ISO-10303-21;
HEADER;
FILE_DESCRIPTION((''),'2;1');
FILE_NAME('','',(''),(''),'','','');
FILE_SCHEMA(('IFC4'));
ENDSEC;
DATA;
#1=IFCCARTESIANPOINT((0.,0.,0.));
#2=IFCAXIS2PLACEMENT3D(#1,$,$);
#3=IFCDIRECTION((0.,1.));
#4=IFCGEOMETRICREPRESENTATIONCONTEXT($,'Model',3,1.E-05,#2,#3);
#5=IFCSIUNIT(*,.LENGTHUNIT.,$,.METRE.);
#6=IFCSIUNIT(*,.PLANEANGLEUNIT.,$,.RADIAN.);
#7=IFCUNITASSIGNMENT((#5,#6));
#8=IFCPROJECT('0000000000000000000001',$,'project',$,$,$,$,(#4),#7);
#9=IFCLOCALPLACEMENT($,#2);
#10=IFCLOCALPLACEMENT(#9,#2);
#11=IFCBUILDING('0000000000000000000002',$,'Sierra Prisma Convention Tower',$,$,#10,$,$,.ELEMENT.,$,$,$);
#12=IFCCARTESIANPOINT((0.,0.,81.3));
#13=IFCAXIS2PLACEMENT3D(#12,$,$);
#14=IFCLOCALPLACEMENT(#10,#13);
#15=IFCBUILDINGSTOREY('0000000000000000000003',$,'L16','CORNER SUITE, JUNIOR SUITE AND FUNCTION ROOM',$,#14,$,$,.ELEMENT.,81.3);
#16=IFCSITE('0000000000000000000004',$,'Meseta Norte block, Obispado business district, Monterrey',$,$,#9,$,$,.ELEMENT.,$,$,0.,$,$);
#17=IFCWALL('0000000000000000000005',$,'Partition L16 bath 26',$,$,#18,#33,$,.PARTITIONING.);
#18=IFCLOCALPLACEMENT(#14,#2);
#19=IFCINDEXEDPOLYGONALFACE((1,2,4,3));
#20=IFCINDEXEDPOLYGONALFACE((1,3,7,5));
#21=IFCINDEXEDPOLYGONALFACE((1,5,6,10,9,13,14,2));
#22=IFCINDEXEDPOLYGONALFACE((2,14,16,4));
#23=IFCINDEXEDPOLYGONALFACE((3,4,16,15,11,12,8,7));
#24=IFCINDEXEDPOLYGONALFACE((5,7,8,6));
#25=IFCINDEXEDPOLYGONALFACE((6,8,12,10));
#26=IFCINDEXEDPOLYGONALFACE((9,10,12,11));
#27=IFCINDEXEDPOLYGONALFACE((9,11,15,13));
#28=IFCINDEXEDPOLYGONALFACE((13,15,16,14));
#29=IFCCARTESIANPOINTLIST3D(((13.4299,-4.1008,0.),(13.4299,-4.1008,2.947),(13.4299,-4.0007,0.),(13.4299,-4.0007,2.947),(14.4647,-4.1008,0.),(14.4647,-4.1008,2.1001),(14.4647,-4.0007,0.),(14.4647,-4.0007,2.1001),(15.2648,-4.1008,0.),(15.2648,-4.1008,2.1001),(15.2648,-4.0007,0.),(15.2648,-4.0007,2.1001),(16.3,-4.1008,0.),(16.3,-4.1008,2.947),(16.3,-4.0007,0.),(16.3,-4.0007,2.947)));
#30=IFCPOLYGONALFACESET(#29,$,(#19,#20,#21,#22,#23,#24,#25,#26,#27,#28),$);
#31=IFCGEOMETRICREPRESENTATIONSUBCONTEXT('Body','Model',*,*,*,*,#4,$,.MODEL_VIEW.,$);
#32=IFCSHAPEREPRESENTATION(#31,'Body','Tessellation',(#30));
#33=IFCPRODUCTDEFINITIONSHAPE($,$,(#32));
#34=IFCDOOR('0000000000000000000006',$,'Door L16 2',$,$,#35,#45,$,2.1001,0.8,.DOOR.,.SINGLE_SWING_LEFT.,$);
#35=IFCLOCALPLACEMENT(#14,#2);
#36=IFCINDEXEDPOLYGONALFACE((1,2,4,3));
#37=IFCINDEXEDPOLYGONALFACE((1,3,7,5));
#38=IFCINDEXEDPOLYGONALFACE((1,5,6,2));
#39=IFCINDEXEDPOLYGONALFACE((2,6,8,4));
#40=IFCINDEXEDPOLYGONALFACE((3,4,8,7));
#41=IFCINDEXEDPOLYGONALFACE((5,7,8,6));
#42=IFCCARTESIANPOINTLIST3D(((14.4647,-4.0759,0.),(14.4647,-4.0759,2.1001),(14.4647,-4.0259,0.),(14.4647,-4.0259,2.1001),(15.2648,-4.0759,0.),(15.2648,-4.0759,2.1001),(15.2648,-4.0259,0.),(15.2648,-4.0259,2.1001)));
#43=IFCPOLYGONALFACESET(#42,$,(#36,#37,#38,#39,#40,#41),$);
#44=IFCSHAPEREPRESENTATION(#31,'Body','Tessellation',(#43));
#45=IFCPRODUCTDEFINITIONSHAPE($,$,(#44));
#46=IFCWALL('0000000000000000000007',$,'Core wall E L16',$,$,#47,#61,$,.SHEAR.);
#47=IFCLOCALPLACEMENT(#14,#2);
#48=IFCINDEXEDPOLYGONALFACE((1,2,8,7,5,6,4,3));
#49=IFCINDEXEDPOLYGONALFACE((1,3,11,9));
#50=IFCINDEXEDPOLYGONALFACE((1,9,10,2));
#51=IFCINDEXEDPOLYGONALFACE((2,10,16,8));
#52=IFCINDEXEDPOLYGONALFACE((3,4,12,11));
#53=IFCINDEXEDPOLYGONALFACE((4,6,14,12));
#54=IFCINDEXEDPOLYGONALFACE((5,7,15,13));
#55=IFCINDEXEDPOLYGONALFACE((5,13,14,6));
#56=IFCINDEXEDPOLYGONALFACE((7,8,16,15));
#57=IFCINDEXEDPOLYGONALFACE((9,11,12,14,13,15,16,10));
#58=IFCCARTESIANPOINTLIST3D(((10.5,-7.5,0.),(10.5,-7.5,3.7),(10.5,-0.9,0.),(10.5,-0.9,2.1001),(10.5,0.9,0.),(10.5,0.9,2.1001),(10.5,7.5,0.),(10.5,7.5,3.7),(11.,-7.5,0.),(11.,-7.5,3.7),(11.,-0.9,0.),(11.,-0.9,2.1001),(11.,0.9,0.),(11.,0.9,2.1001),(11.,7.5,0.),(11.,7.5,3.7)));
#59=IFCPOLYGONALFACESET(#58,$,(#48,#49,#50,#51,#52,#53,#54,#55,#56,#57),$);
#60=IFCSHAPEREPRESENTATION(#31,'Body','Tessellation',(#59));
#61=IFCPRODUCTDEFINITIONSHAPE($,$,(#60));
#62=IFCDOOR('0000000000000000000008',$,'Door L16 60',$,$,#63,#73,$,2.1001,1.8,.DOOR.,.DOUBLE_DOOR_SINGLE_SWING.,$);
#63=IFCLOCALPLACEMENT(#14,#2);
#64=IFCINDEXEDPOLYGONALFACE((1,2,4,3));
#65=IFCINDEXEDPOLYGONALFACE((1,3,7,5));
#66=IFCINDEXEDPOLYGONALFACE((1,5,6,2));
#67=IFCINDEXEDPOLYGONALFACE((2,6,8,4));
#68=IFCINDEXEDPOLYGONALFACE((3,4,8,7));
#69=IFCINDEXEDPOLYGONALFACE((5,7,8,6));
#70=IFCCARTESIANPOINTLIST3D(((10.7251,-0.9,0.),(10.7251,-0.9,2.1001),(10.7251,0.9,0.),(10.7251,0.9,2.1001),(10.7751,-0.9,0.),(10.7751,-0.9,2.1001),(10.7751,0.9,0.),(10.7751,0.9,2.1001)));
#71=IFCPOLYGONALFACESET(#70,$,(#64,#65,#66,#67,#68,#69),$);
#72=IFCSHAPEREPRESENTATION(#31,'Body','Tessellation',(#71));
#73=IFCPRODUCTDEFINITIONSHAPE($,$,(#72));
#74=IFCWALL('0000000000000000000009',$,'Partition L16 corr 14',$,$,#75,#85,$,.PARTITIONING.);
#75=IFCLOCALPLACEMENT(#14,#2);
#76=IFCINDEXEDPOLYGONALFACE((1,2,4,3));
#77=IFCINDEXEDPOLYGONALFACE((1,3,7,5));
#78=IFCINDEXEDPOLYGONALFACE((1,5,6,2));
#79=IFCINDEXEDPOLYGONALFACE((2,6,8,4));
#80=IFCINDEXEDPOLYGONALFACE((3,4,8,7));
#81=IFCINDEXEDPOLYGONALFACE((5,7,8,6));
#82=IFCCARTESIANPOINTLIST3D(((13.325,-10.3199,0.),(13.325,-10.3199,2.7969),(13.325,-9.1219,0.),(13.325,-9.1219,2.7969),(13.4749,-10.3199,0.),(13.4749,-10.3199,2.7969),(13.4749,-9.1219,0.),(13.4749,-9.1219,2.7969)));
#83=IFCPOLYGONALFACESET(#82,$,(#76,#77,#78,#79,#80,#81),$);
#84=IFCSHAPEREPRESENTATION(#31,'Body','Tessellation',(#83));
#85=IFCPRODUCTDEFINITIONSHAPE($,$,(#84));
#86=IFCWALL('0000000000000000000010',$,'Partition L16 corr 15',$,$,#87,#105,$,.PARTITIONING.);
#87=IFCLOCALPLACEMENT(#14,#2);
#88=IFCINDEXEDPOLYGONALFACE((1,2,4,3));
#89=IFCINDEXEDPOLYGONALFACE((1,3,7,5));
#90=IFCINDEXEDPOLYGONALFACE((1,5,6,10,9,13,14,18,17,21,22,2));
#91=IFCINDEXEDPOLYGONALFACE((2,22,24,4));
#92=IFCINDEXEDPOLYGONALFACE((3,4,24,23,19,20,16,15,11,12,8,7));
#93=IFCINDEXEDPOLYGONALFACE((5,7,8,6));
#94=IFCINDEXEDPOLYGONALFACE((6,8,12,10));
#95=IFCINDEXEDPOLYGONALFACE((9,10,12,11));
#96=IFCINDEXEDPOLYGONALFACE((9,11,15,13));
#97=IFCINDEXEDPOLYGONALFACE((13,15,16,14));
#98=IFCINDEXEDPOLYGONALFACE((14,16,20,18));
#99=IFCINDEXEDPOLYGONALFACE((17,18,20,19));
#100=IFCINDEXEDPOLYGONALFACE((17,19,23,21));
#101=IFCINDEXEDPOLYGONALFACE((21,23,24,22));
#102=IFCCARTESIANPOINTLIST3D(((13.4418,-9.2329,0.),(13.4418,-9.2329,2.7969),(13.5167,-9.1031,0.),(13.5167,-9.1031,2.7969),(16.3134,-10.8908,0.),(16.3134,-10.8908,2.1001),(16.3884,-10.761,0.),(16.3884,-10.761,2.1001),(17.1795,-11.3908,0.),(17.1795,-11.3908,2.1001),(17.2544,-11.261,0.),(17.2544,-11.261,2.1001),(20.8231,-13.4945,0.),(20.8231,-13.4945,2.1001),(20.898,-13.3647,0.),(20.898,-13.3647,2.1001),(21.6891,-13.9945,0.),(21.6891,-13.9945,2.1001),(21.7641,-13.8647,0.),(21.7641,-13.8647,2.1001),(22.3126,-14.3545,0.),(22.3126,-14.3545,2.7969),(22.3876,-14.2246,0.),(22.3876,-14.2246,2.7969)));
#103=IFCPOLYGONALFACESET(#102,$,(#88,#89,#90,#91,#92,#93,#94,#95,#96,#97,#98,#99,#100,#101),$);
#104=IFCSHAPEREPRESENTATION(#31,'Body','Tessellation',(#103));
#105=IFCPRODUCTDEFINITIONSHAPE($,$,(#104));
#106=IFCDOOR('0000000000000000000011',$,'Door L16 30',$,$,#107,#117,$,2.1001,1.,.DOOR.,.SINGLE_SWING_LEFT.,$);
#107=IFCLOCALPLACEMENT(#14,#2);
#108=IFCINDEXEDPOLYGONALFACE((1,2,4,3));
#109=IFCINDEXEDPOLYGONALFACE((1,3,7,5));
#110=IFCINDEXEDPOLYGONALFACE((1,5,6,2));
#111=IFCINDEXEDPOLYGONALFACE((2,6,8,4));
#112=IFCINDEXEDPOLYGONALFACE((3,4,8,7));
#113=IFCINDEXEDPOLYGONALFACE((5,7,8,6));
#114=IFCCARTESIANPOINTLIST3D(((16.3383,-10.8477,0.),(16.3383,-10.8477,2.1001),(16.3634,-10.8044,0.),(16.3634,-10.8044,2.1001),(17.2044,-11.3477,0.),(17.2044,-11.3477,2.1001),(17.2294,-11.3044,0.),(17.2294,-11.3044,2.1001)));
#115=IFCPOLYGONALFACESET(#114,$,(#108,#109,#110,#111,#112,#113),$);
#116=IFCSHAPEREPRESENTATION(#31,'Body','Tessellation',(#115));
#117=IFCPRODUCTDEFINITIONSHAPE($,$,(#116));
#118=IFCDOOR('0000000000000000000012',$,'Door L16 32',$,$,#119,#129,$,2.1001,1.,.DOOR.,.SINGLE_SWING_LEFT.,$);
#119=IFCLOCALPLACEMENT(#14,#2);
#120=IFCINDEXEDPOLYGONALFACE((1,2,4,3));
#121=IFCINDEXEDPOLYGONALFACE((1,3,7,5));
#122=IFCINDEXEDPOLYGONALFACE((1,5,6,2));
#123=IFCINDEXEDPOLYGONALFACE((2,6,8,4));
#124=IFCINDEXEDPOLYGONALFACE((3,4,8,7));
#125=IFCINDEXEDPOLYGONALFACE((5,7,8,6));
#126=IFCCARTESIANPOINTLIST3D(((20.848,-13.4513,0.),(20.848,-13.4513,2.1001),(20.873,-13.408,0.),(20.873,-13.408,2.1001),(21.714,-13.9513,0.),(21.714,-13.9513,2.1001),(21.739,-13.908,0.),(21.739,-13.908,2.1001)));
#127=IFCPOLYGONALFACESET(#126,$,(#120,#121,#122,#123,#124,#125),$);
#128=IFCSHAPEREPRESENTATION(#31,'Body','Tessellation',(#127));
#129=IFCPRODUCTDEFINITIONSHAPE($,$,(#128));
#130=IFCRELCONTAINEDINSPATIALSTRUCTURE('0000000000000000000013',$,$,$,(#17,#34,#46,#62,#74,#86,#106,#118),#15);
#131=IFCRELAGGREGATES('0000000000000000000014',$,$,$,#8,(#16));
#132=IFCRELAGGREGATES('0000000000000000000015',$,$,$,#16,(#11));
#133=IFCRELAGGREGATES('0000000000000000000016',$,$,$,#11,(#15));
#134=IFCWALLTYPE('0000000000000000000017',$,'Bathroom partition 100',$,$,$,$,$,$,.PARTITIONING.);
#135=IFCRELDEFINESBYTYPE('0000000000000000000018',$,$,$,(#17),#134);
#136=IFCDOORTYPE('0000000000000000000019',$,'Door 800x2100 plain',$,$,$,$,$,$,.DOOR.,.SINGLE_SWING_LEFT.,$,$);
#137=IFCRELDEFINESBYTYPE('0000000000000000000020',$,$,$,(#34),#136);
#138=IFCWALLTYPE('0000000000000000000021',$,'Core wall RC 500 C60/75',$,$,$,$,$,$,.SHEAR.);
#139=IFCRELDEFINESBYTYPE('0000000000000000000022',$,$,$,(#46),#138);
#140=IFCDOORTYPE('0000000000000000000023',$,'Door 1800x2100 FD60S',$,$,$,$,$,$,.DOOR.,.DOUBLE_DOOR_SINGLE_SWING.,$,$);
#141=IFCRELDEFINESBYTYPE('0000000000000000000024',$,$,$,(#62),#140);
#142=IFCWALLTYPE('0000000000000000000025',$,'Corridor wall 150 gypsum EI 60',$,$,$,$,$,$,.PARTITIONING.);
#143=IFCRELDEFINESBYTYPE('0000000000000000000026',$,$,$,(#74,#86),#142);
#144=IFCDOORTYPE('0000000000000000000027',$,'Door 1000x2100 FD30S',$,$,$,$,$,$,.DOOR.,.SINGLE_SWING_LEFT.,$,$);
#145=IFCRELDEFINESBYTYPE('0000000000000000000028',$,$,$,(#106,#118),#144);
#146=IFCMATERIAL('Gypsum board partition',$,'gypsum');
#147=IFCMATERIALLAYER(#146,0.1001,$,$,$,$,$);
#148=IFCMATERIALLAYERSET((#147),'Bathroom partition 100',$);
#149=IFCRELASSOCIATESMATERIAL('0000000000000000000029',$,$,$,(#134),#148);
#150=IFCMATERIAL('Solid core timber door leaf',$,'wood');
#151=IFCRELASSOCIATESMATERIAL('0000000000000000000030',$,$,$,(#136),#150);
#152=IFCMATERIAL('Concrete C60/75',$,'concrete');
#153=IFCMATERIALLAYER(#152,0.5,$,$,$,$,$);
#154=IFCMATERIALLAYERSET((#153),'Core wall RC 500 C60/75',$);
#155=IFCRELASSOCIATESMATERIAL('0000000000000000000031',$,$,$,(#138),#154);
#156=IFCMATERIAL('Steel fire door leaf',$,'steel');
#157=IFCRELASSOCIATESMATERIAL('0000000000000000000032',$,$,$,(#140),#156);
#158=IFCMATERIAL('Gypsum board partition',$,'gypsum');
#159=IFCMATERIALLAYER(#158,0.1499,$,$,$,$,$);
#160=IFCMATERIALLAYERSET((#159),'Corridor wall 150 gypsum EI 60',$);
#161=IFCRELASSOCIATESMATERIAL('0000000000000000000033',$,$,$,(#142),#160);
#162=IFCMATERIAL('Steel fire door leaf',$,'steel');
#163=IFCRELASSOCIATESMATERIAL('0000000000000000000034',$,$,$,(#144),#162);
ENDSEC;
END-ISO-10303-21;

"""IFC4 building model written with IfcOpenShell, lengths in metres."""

from ifc_helpers import new_model, si_unit, direction, frame, frame_2d, origin, place, context, subcontext, project, spatial, rectangle, extrude, material, layer, layer_set, type_object, element, fill, save


model = new_model("IFC4")

# Units and contexts
model_context = context("Model", 3, precision=1e-05, world=origin(), true_north=direction((0.0, 1.0)))
body_context = subcontext(model_context, "Body", "Model", "MODEL_VIEW")
ifc_project = project(units=[si_unit("LENGTHUNIT", "METRE"), si_unit("PLANEANGLEUNIT", "RADIAN")], contexts=[model_context])

# Site, building, storey
site_placement = place(None, origin())
site = spatial("IfcSite", under=ifc_project, at=site_placement, Name="Meseta Norte block, Obispado business district, Monterrey", CompositionType="ELEMENT", RefElevation=0.0)
building_placement = place(site_placement, origin())
building = spatial("IfcBuilding", under=site, at=building_placement, Name="Sierra Prisma Convention Tower", CompositionType="ELEMENT")
storey_placement = place(building_placement, frame((0.0, 0.0, 81.3)))
storey = spatial("IfcBuildingStorey", under=building, at=storey_placement, Name="L16", Description="CORNER SUITE, JUNIOR SUITE AND FUNCTION ROOM", CompositionType="ELEMENT", Elevation=81.3)

# Walls, openings, doors
ifc_material_1 = material(Name="Gypsum board partition", Category="gypsum")
ifc_layer_1 = layer(ifc_material_1, 0.1001)
ifc_layer_set_1 = layer_set([ifc_layer_1], Name="Bathroom partition 100")
wall_type_1 = type_object("IfcWallType", Name="Bathroom partition 100", PredefinedType="PARTITIONING", material=ifc_layer_set_1)
wall_1_placement = place(storey_placement, frame((13.4299, -4.0508, 0.0), z_axis=(0.0, 0.0, 1.0), x_axis=(1.0, 0.0, 0.0)))
wall_1 = element("IfcWall", 1, at=wall_1_placement, inside=storey, type_object=wall_type_1, Name="Partition L16 bath 26", PredefinedType="PARTITIONING", context=body_context, shape_type="SweptSolid", body=[
    extrude(rectangle(XDim=2.8701, YDim=0.1001, at=frame_2d((1.4351, 0.0))), origin(), (0.0, 0.0, 1.0), 2.947),
])
opening_1_placement = place(wall_1_placement, frame((1.0349, 0.0, 0.0)))
opening_1 = element("IfcOpeningElement", 2, at=opening_1_placement, cuts=wall_1, PredefinedType="OPENING", context=body_context, shape_type="SweptSolid", body=[
    extrude(rectangle(XDim=0.8, YDim=2.1001, at=frame_2d((0.3999, 1.05))), frame((0.0, 0.05, 0.0), z_axis=(0.0, -1.0, 0.0), x_axis=(1.0, 0.0, 0.0)), (0.0, 0.0, 1.0), 0.1001),
])
ifc_material_2 = material(Name="Solid core timber door leaf", Category="wood")
door_type_1 = type_object("IfcDoorType", Name="Door 800x2100 plain", OperationType="SINGLE_SWING_LEFT", PredefinedType="DOOR", material=ifc_material_2)
door_1_placement = place(opening_1_placement, origin())
door_1 = element("IfcDoor", 3, at=door_1_placement, inside=storey, type_object=door_type_1, Name="Door L16 2", OperationType="SINGLE_SWING_LEFT", OverallHeight=2.1001, OverallWidth=0.8, PredefinedType="DOOR", context=body_context, shape_type="SweptSolid", body=[
    extrude(rectangle(XDim=0.8, YDim=2.1001, at=frame_2d((0.3999, 1.05))), frame((0.0, 0.0249, 0.0), z_axis=(0.0, -1.0, 0.0), x_axis=(1.0, 0.0, 0.0)), (0.0, 0.0, 1.0), 0.05),
])
fill(opening_1, door_1)
ifc_material_3 = material(Name="Concrete C60/75", Category="concrete")
ifc_layer_2 = layer(ifc_material_3, 0.5)
ifc_layer_set_2 = layer_set([ifc_layer_2], Name="Core wall RC 500 C60/75")
wall_type_2 = type_object("IfcWallType", Name="Core wall RC 500 C60/75", PredefinedType="SHEAR", material=ifc_layer_set_2)
wall_2_placement = place(storey_placement, frame((10.75, -7.5, 0.0), z_axis=(0.0, 0.0, 1.0), x_axis=(0.0, 1.0, 0.0)))
wall_2 = element("IfcWall", 4, at=wall_2_placement, inside=storey, type_object=wall_type_2, Name="Core wall E L16", PredefinedType="SHEAR", context=body_context, shape_type="SweptSolid", body=[
    extrude(rectangle(XDim=15.0, YDim=0.5, at=frame_2d((7.5, 0.0))), origin(), (0.0, 0.0, 1.0), 3.7),
])
opening_2_placement = place(wall_2_placement, frame((6.6001, 0.0, 0.0)))
opening_2 = element("IfcOpeningElement", 5, at=opening_2_placement, cuts=wall_2, PredefinedType="OPENING", context=body_context, shape_type="SweptSolid", body=[
    extrude(rectangle(XDim=1.8, YDim=2.1001, at=frame_2d((0.8999, 1.05))), frame((0.0, 0.25, 0.0), z_axis=(0.0, -1.0, 0.0), x_axis=(1.0, 0.0, 0.0)), (0.0, 0.0, 1.0), 0.5),
])
ifc_material_4 = material(Name="Steel fire door leaf", Category="steel")
door_type_2 = type_object("IfcDoorType", Name="Door 1800x2100 FD60S", OperationType="DOUBLE_DOOR_SINGLE_SWING", PredefinedType="DOOR", material=ifc_material_4)
door_2_placement = place(opening_2_placement, origin())
door_2 = element("IfcDoor", 6, at=door_2_placement, inside=storey, type_object=door_type_2, Name="Door L16 60", OperationType="DOUBLE_DOOR_SINGLE_SWING", OverallHeight=2.1001, OverallWidth=1.8, PredefinedType="DOOR", context=body_context, shape_type="SweptSolid", body=[
    extrude(rectangle(XDim=1.8, YDim=2.1001, at=frame_2d((0.8999, 1.05))), frame((0.0, 0.0249, 0.0), z_axis=(0.0, -1.0, 0.0), x_axis=(1.0, 0.0, 0.0)), (0.0, 0.0, 1.0), 0.05),
])
fill(opening_2, door_2)

# Wall
ifc_material_5 = material(Name="Gypsum board partition", Category="gypsum")
ifc_layer_3 = layer(ifc_material_5, 0.1499)
ifc_layer_set_3 = layer_set([ifc_layer_3], Name="Corridor wall 150 gypsum EI 60")
wall_type_3 = type_object("IfcWallType", Name="Corridor wall 150 gypsum EI 60", PredefinedType="PARTITIONING", material=ifc_layer_set_3)
wall_3_placement = place(storey_placement, frame((13.3999, -10.3201, 0.0), z_axis=(0.0, 0.0, 1.0), x_axis=(0.0, 1.0, 0.0)))
element("IfcWall", 7, at=wall_3_placement, inside=storey, type_object=wall_type_3, Name="Partition L16 corr 14", PredefinedType="PARTITIONING", context=body_context, shape_type="SweptSolid", body=[
    extrude(rectangle(XDim=1.198, YDim=0.1499, at=frame_2d((0.5991, 0.0))), origin(), (0.0, 0.0, 1.0), 2.7969),
])

# Wall, openings, doors
wall_4_placement = place(storey_placement, frame((13.4792, -9.168, 0.0), z_axis=(0.0, 0.0, 1.0), x_axis=(0.866026, -0.5, 0.0)))
wall_4 = element("IfcWall", 8, at=wall_4_placement, inside=storey, type_object=wall_type_3, Name="Partition L16 corr 15", PredefinedType="PARTITIONING", context=body_context, shape_type="SweptSolid", body=[
    extrude(rectangle(XDim=10.2432, YDim=0.1499, at=frame_2d((5.1216, 0.0))), origin(), (0.0, 0.0, 1.0), 2.7969),
])
opening_3_placement = place(wall_4_placement, frame((3.3159, 0.0, 0.0)))
opening_3 = element("IfcOpeningElement", 9, at=opening_3_placement, cuts=wall_4, PredefinedType="OPENING", context=body_context, shape_type="SweptSolid", body=[
    extrude(rectangle(XDim=1.0, YDim=2.1001, at=frame_2d((0.5, 1.05))), frame((0.0, 0.075, 0.0), z_axis=(0.0, -1.0, 0.0), x_axis=(1.0, 0.0, 0.0)), (0.0, 0.0, 1.0), 0.1499),
])
opening_4_placement = place(wall_4_placement, frame((8.5232, 0.0, 0.0)))
opening_4 = element("IfcOpeningElement", 10, at=opening_4_placement, cuts=wall_4, PredefinedType="OPENING", context=body_context, shape_type="SweptSolid", body=[
    extrude(rectangle(XDim=1.0, YDim=2.1001, at=frame_2d((0.5, 1.05))), frame((0.0, 0.075, 0.0), z_axis=(0.0, -1.0, 0.0), x_axis=(1.0, 0.0, 0.0)), (0.0, 0.0, 1.0), 0.1499),
])
ifc_material_6 = material(Name="Steel fire door leaf", Category="steel")
door_type_3 = type_object("IfcDoorType", Name="Door 1000x2100 FD30S", OperationType="SINGLE_SWING_LEFT", PredefinedType="DOOR", material=ifc_material_6)
door_3_placement = place(opening_3_placement, origin())
door_3 = element("IfcDoor", 11, at=door_3_placement, inside=storey, type_object=door_type_3, Name="Door L16 30", OperationType="SINGLE_SWING_LEFT", OverallHeight=2.1001, OverallWidth=1.0, PredefinedType="DOOR", context=body_context, shape_type="SweptSolid", body=[
    extrude(rectangle(XDim=1.0, YDim=2.1001, at=frame_2d((0.5, 1.05))), frame((0.0, 0.0249, 0.0), z_axis=(0.0, -1.0, 0.0), x_axis=(1.0, 0.0, 0.0)), (0.0, 0.0, 1.0), 0.05),
])
fill(opening_3, door_3)
door_4_placement = place(opening_4_placement, origin())
door_4 = element("IfcDoor", 12, at=door_4_placement, inside=storey, type_object=door_type_3, Name="Door L16 32", OperationType="SINGLE_SWING_LEFT", OverallHeight=2.1001, OverallWidth=1.0, PredefinedType="DOOR", context=body_context, shape_type="SweptSolid", body=[
    extrude(rectangle(XDim=1.0, YDim=2.1001, at=frame_2d((0.5, 1.05))), frame((0.0, 0.0249, 0.0), z_axis=(0.0, -1.0, 0.0), x_axis=(1.0, 0.0, 0.0)), (0.0, 0.0, 1.0), 0.05),
])
fill(opening_4, door_4)

save(model, "model.ifc")
